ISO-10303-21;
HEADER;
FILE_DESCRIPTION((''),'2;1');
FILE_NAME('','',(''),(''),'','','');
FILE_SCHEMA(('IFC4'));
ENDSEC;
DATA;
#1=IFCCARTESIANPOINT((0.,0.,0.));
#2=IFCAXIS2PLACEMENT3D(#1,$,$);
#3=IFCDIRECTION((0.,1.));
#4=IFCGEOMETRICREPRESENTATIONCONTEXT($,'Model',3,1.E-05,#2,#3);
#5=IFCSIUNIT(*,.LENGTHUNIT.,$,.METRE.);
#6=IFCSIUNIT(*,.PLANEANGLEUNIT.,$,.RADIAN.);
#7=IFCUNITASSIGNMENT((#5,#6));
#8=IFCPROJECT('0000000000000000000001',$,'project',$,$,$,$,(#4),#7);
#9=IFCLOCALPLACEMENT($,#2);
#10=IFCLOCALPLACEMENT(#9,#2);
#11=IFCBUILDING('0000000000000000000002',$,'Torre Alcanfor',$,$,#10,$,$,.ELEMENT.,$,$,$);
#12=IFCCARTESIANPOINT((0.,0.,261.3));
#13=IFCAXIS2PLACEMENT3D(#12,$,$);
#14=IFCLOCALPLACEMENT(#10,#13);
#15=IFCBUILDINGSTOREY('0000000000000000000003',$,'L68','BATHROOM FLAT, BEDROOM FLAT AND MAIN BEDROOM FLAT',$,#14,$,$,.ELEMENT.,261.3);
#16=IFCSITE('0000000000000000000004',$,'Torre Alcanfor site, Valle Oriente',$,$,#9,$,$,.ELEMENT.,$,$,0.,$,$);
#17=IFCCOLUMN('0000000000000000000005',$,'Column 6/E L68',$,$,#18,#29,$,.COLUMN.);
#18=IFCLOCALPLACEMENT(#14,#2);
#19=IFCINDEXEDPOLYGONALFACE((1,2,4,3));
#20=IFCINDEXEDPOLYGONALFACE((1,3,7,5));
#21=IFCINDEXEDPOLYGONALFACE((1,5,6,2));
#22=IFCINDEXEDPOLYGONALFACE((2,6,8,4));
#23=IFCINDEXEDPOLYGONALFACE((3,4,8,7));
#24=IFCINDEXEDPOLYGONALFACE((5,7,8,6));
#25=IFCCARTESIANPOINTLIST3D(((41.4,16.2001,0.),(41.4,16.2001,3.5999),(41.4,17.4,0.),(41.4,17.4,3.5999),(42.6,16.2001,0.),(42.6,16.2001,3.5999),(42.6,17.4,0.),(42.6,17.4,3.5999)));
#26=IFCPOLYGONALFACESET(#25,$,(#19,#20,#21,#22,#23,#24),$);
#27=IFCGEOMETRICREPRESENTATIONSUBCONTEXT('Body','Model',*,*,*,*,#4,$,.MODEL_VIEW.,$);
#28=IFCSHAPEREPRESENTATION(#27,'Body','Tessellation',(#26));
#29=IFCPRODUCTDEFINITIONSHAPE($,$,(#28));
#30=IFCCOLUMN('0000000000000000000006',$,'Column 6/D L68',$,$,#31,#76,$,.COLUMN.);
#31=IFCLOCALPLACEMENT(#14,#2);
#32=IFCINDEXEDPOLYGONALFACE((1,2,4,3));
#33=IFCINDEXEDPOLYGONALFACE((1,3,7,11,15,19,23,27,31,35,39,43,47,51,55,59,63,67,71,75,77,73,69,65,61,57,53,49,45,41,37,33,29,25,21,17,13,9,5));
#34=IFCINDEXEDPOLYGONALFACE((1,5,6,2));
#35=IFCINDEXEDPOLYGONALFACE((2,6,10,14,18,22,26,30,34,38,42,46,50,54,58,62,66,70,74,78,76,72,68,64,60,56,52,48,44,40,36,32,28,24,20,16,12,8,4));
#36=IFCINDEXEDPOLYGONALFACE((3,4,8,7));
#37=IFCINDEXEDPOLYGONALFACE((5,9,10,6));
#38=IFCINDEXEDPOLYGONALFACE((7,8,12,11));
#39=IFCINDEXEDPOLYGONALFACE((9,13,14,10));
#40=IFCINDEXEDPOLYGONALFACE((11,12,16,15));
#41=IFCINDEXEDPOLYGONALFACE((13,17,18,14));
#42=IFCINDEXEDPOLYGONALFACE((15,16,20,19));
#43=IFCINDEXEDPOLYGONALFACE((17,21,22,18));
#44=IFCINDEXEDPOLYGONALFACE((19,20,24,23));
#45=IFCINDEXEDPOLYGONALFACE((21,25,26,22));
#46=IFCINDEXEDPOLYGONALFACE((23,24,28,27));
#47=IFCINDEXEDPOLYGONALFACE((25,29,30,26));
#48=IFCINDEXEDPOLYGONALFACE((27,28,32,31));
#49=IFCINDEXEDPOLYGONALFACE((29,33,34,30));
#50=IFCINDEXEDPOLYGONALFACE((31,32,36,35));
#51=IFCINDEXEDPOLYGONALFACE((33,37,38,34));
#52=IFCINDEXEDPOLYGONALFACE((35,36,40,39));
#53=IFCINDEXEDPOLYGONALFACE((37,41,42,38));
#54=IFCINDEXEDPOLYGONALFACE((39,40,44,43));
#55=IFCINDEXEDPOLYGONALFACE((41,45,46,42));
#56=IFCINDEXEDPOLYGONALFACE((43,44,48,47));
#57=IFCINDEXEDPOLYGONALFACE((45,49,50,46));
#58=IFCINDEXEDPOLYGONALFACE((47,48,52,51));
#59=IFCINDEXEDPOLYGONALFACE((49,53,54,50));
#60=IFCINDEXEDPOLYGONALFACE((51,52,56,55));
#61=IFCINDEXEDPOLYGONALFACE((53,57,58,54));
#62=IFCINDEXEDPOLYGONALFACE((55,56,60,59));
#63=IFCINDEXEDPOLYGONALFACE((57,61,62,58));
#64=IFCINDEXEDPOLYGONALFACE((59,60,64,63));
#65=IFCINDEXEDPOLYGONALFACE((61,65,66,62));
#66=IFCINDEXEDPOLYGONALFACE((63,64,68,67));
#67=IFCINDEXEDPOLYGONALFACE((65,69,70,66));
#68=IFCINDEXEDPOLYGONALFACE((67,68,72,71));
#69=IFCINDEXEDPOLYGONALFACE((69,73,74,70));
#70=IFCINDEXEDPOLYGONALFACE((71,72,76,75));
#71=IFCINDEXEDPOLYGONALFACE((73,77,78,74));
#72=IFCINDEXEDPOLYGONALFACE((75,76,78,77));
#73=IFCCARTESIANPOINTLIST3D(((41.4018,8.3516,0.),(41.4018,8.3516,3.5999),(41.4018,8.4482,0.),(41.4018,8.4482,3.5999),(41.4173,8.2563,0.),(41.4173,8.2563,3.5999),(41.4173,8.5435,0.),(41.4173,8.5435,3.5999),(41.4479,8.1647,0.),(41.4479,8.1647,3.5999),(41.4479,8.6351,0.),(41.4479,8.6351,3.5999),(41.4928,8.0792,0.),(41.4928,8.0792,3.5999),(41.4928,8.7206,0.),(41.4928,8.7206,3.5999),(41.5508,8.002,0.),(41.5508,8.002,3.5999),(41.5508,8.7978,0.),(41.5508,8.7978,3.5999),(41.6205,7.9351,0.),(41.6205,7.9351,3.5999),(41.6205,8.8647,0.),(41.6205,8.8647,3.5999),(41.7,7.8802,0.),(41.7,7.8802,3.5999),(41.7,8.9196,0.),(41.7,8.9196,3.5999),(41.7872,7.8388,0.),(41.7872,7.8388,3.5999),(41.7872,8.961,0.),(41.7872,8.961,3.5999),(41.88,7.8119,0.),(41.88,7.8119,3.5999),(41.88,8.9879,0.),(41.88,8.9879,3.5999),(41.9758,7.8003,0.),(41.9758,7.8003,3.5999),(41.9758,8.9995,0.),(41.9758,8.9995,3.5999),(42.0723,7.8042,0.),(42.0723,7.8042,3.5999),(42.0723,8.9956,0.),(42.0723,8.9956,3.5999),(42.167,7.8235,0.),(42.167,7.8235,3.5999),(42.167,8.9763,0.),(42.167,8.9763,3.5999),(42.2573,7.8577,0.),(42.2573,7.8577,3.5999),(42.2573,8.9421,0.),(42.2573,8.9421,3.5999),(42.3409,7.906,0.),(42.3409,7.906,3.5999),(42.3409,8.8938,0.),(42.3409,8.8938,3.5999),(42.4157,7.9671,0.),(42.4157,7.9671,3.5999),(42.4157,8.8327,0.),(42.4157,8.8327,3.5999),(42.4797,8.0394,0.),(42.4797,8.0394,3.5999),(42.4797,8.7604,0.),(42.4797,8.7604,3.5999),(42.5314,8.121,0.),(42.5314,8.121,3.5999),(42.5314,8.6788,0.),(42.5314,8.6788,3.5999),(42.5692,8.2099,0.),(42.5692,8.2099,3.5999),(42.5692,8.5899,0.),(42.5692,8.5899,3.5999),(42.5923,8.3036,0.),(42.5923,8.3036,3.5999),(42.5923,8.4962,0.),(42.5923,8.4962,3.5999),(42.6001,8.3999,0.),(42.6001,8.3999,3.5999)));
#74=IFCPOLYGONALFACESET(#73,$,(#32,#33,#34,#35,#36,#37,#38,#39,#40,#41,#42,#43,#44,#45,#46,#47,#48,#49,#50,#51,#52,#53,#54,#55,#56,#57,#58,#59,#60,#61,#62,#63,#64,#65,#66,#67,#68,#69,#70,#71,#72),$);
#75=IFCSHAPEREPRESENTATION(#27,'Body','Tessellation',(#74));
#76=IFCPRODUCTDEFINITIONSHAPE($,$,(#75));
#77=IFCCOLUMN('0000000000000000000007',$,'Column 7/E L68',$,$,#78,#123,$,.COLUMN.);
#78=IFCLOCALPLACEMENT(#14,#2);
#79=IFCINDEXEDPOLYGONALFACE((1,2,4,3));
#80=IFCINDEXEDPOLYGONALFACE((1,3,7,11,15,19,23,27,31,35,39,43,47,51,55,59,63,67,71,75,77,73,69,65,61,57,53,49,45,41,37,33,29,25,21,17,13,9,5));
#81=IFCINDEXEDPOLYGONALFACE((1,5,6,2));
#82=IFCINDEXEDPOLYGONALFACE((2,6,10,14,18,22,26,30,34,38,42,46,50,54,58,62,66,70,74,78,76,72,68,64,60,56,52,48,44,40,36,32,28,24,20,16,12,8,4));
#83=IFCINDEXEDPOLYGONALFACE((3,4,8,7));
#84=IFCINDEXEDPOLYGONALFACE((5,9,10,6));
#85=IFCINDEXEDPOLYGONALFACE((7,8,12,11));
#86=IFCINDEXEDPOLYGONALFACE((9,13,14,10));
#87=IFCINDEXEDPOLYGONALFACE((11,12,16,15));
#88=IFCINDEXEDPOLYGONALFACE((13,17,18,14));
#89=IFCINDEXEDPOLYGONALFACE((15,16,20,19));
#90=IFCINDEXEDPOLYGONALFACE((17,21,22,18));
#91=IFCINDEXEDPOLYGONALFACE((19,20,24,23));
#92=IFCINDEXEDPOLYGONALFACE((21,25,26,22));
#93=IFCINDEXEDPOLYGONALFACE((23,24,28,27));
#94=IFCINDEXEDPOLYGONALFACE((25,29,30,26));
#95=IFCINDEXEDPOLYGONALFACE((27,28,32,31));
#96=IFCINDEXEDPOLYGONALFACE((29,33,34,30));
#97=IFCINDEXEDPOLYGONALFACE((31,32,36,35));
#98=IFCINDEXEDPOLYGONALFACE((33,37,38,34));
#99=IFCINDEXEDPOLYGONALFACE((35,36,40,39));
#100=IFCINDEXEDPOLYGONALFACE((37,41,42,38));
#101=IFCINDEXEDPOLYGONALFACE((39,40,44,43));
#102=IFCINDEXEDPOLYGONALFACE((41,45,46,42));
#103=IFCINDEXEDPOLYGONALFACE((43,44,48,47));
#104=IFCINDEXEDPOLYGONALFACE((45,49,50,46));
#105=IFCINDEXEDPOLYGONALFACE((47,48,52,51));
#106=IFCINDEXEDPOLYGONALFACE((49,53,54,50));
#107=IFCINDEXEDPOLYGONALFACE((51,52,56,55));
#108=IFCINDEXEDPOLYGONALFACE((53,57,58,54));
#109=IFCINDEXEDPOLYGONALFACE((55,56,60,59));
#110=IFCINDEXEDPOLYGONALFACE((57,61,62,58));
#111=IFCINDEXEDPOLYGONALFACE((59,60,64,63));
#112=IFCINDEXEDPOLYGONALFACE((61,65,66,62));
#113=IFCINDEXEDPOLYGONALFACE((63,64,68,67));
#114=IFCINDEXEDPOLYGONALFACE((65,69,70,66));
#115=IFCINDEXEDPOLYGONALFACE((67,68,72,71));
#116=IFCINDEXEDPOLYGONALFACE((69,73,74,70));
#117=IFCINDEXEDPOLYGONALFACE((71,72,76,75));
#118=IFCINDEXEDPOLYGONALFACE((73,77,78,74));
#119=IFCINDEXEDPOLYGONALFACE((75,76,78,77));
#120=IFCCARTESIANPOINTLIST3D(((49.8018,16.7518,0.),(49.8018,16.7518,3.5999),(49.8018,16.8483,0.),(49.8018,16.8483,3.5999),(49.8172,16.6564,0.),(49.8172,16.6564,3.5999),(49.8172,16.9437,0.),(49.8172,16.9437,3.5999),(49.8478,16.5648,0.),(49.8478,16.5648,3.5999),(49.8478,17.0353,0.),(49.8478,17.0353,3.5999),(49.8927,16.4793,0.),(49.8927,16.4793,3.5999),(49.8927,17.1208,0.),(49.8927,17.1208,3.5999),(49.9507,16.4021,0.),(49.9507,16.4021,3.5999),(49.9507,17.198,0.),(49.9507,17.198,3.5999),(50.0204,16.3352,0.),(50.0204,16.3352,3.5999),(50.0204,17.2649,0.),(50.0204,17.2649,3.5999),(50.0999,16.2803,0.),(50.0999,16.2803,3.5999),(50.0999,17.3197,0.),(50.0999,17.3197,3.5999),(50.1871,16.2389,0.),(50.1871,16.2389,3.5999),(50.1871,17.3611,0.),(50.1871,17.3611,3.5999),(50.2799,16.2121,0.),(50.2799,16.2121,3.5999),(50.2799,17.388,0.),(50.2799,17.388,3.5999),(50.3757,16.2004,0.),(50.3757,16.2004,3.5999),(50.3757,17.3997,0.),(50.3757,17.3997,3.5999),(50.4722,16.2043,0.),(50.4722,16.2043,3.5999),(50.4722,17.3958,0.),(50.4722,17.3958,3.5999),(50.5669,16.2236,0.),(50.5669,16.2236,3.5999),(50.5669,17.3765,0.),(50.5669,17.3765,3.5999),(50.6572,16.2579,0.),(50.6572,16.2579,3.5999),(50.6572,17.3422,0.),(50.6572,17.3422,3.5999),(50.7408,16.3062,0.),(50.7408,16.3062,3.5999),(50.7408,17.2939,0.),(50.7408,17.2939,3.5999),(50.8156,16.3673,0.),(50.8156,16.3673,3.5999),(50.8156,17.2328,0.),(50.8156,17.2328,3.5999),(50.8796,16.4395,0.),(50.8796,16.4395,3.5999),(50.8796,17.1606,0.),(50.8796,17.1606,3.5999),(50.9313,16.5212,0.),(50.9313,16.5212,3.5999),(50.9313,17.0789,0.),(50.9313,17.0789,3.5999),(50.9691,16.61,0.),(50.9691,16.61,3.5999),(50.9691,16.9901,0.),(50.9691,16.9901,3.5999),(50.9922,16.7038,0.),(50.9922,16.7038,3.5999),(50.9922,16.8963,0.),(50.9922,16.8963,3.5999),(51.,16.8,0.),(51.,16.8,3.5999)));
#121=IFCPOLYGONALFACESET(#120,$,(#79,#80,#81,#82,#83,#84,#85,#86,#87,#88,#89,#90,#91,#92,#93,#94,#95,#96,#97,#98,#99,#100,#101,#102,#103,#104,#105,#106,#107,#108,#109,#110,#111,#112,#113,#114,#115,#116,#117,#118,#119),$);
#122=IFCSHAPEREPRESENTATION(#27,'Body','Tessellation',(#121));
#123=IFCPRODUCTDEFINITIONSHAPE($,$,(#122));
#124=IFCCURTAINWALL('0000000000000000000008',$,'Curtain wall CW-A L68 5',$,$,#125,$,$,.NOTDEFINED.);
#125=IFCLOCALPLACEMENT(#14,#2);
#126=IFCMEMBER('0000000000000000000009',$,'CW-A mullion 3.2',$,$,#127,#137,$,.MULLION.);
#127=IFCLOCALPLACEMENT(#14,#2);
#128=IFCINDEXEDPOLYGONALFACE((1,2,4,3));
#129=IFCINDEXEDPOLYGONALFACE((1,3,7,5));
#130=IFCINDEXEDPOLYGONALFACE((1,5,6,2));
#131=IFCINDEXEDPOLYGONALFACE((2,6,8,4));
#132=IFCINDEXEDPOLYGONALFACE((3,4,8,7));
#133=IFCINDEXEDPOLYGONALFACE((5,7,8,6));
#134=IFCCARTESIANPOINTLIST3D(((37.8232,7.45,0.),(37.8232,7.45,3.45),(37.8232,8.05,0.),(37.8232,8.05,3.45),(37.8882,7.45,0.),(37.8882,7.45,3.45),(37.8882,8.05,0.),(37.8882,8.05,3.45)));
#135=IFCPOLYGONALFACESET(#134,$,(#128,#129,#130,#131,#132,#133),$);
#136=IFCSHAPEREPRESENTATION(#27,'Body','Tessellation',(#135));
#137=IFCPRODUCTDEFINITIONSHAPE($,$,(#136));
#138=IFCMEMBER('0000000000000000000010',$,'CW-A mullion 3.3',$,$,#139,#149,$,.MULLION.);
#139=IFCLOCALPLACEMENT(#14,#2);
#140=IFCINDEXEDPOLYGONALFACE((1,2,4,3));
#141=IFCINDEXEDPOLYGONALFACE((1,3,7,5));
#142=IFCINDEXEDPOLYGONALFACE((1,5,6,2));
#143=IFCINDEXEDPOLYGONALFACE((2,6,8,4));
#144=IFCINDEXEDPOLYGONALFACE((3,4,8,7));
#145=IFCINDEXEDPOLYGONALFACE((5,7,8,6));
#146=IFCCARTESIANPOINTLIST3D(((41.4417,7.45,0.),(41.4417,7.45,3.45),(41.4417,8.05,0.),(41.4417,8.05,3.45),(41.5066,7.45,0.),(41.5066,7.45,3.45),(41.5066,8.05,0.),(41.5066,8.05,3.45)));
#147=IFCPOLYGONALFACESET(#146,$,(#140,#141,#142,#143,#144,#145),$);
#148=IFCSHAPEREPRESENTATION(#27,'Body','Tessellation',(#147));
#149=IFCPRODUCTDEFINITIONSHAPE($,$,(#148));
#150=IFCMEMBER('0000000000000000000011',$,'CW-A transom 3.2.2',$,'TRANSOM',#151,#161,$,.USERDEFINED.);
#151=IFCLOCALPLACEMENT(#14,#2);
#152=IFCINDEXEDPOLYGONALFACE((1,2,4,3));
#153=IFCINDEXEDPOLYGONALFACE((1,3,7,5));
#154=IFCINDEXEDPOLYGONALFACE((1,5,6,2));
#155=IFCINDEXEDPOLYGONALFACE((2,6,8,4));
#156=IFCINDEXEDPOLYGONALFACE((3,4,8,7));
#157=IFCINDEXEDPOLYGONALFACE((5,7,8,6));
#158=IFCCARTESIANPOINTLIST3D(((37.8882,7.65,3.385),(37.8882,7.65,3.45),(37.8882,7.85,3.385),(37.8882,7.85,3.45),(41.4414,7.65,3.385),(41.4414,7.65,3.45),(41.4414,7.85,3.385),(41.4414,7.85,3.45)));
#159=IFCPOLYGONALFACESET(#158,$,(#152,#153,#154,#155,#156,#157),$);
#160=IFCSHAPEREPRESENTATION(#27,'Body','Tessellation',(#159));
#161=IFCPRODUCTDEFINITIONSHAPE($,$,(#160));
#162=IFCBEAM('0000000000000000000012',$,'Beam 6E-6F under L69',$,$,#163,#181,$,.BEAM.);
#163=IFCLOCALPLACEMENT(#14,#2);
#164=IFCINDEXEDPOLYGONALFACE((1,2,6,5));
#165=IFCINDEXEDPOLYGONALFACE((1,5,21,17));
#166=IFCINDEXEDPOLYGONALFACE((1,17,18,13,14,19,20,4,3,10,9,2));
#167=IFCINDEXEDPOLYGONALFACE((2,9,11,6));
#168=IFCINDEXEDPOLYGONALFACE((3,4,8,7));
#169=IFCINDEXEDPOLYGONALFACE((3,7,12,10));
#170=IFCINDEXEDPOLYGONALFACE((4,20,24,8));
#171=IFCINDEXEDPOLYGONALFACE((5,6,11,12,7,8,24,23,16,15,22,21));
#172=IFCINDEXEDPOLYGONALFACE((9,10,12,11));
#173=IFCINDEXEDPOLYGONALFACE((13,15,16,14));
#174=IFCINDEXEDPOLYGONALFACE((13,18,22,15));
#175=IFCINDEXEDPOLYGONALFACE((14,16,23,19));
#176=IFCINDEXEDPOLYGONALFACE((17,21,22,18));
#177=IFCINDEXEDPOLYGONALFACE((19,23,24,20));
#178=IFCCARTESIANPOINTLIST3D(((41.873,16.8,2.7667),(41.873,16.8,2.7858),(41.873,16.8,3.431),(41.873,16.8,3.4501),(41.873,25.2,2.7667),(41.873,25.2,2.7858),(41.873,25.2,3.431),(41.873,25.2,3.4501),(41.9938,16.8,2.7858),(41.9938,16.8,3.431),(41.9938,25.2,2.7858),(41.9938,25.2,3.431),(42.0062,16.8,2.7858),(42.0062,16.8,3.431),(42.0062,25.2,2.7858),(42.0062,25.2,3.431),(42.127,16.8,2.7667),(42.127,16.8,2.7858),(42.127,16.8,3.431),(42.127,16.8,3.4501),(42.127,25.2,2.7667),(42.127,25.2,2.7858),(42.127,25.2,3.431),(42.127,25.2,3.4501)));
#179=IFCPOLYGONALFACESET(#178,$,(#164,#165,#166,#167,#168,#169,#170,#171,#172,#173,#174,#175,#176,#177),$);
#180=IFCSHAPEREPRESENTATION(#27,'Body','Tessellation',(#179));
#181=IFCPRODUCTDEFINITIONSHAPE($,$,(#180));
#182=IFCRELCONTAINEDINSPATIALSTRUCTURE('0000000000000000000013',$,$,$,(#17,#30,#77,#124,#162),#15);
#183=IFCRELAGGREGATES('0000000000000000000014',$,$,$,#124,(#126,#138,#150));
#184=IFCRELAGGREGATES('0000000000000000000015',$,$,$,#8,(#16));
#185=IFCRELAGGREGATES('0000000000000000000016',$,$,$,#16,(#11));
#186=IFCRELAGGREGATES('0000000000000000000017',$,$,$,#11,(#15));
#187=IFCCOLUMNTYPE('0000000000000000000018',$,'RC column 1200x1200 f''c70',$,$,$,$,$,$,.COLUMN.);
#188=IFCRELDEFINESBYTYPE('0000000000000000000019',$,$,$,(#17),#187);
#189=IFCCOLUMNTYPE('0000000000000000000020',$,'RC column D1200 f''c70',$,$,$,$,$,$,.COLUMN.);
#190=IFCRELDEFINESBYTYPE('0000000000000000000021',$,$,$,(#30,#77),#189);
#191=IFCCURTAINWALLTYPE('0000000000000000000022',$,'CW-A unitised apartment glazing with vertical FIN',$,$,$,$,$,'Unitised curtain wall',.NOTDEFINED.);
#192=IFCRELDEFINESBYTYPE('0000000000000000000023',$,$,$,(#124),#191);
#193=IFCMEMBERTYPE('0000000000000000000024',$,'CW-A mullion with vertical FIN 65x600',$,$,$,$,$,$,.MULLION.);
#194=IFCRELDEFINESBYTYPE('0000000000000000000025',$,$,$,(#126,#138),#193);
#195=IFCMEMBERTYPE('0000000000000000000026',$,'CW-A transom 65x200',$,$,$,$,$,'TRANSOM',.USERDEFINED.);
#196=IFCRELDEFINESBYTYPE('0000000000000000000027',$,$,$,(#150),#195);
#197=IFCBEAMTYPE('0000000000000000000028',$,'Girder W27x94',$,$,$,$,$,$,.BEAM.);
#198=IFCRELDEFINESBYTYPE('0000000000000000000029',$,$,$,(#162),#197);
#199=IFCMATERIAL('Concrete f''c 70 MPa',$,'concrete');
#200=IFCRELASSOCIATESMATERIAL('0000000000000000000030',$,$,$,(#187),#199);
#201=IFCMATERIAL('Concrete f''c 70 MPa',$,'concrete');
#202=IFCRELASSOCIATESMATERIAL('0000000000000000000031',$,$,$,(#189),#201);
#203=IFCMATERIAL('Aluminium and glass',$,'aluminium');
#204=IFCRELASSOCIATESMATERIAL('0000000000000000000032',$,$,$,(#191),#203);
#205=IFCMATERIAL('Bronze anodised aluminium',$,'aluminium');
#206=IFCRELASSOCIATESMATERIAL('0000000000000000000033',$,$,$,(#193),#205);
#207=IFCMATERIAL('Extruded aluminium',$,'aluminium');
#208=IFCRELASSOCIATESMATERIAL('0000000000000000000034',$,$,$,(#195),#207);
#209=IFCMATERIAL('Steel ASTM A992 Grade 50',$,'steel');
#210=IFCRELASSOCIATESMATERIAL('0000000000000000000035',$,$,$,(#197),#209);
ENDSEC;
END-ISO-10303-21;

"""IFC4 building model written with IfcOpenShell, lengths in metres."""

from ifc_helpers import new_model, si_unit, direction, frame, origin, origin_2d, place, context, subcontext, project, spatial, rectangle, circle, i_section, extrude, material, material_profile, profile_set, type_object, element, aggregate, save


model = new_model("IFC4")

# Units and contexts
model_context = context("Model", 3, precision=1e-05, world=origin(), true_north=direction((0.0, 1.0)))
body_context = subcontext(model_context, "Body", "Model", "MODEL_VIEW")
ifc_project = project(units=[si_unit("LENGTHUNIT", "METRE"), si_unit("PLANEANGLEUNIT", "RADIAN")], contexts=[model_context])

# Site, building, storey
site_placement = place(None, origin())
site = spatial("IfcSite", under=ifc_project, at=site_placement, Name="Torre Alcanfor site, Valle Oriente", CompositionType="ELEMENT", RefElevation=0.0)
building_placement = place(site_placement, origin())
building = spatial("IfcBuilding", under=site, at=building_placement, Name="Torre Alcanfor", CompositionType="ELEMENT")
storey_placement = place(building_placement, frame((0.0, 0.0, 261.3)))
storey = spatial("IfcBuildingStorey", under=building, at=storey_placement, Name="L68", Description="BATHROOM FLAT, BEDROOM FLAT AND MAIN BEDROOM FLAT", CompositionType="ELEMENT", Elevation=261.3)

# Columns
ifc_material_1 = material(Name="Concrete f'c 70 MPa", Category="concrete")
ifc_material_profile_1 = material_profile(ifc_material_1, rectangle(XDim=1.2, YDim=1.2, at=origin_2d()), Name="1200x1200")
ifc_profile_set_1 = profile_set([ifc_material_profile_1], Name="Concrete f'c 70 MPa")
column_type_1 = type_object("IfcColumnType", Name="RC column 1200x1200 f'c70", PredefinedType="COLUMN", material=ifc_profile_set_1)
column_placement = place(storey_placement, frame((42.0, 16.8, 0.0), z_axis=(0.0, 0.0, 1.0), x_axis=(1.0, 0.0, 0.0)))
element("IfcColumn", 1, at=column_placement, inside=storey, type_object=column_type_1, Name="Column 6/E L68", PredefinedType="COLUMN", context=body_context, shape_type="SweptSolid", body=[
    extrude(rectangle(XDim=1.2, YDim=1.2, at=origin_2d()), origin(), (0.0, 0.0, 1.0), 3.5999),
])
ifc_material_2 = material(Name="Concrete f'c 70 MPa", Category="concrete")
ifc_material_profile_2 = material_profile(ifc_material_2, circle(Radius=0.6001, at=origin_2d()), Name="D1200")
ifc_profile_set_2 = profile_set([ifc_material_profile_2], Name="Concrete f'c 70 MPa")
column_type_2 = type_object("IfcColumnType", Name="RC column D1200 f'c70", PredefinedType="COLUMN", material=ifc_profile_set_2)
for number, where, z_axis, x_axis, name in (
    (2, (42.0, 8.3999, 0.0), (0.0, 0.0, 1.0), (1.0, 0.0, 0.0), "Column 6/D L68"),
    (3, (50.3999, 16.8, 0.0), (0.0, 0.0, 1.0), (1.0, 0.0, 0.0), "Column 7/E L68"),
):
    element("IfcColumn", number, at=place(storey_placement, frame(where, z_axis=z_axis, x_axis=x_axis)), inside=storey, type_object=column_type_2, Name=name, PredefinedType="COLUMN", context=body_context, shape_type="SweptSolid", body=[
        extrude(circle(Radius=0.6001, at=origin_2d()), origin(), (0.0, 0.0, 1.0), 3.5999),
    ])

# Curtain wall, members
ifc_material_3 = material(Name="Aluminium and glass", Category="aluminium")
curtain_wall_type = type_object("IfcCurtainWallType", Name="CW-A unitised apartment glazing with vertical FIN", ElementType="Unitised curtain wall", PredefinedType="NOTDEFINED", material=ifc_material_3)
curtain_wall_placement = place(storey_placement, origin())
curtain_wall = element("IfcCurtainWall", 4, at=curtain_wall_placement, inside=storey, type_object=curtain_wall_type, Name="Curtain wall CW-A L68 5", PredefinedType="NOTDEFINED")
ifc_material_4 = material(Name="Bronze anodised aluminium", Category="aluminium")
ifc_material_profile_3 = material_profile(ifc_material_4, rectangle(XDim=0.6001, YDim=0.0649, at=origin_2d()), Name="CW-A mullion 65x600")
ifc_profile_set_3 = profile_set([ifc_material_profile_3], Name="Bronze anodised aluminium")
member_type_1 = type_object("IfcMemberType", Name="CW-A mullion with vertical FIN 65x600", PredefinedType="MULLION", material=ifc_profile_set_3)
member_1_placement = place(storey_placement, frame((37.8557, 7.75, 0.0), z_axis=(0.0, 0.0, 1.0), x_axis=(0.0, 1.0, 0.0)))
member_1 = element("IfcMember", 5, at=member_1_placement, type_object=member_type_1, Name="CW-A mullion 3.2", PredefinedType="MULLION", context=body_context, shape_type="SweptSolid", body=[
    extrude(rectangle(XDim=0.6001, YDim=0.0649, at=origin_2d()), origin(), (0.0, 0.0, 1.0), 3.45),
])
member_2_placement = place(storey_placement, frame((41.4741, 7.75, 0.0), z_axis=(0.0, 0.0, 1.0), x_axis=(0.0, 1.0, 0.0)))
member_2 = element("IfcMember", 6, at=member_2_placement, type_object=member_type_1, Name="CW-A mullion 3.3", PredefinedType="MULLION", context=body_context, shape_type="SweptSolid", body=[
    extrude(rectangle(XDim=0.6001, YDim=0.0649, at=origin_2d()), origin(), (0.0, 0.0, 1.0), 3.45),
])
ifc_material_5 = material(Name="Extruded aluminium", Category="aluminium")
ifc_material_profile_4 = material_profile(ifc_material_5, rectangle(XDim=0.2, YDim=0.0649, at=origin_2d()), Name="CW-A transom 200x65")
ifc_profile_set_4 = profile_set([ifc_material_profile_4], Name="Extruded aluminium")
member_type_2 = type_object("IfcMemberType", Name="CW-A transom 65x200", ElementType="TRANSOM", PredefinedType="USERDEFINED", material=ifc_profile_set_4)
member_3_placement = place(storey_placement, frame((37.8882, 7.75, 3.4175), z_axis=(1.0, 0.0, 0.0), x_axis=(0.0, 1.0, 0.0)))
member_3 = element("IfcMember", 7, at=member_3_placement, type_object=member_type_2, Name="CW-A transom 3.2.2", ObjectType="TRANSOM", PredefinedType="USERDEFINED", context=body_context, shape_type="SweptSolid", body=[
    extrude(rectangle(XDim=0.2, YDim=0.0649, at=origin_2d()), origin(), (0.0, 0.0, 1.0), 3.5532),
])

# Beam
ifc_material_6 = material(Name="Steel ASTM A992 Grade 50", Category="steel")
ifc_material_profile_5 = material_profile(ifc_material_6, i_section(OverallWidth=0.2539, OverallDepth=0.6833, WebThickness=0.0125, FlangeThickness=0.019, at=origin_2d()), Name="W27x94")
ifc_profile_set_5 = profile_set([ifc_material_profile_5], Name="Steel ASTM A992 Grade 50")
beam_type_1 = type_object("IfcBeamType", Name="Girder W27x94", PredefinedType="BEAM", material=ifc_profile_set_5)
beam_1_placement = place(storey_placement, frame((42.0, 16.8, 3.1084), z_axis=(0.0, 1.0, 0.0), x_axis=(-1.0, 0.0, 0.0)))
element("IfcBeam", 8, at=beam_1_placement, inside=storey, type_object=beam_type_1, Name="Beam 6E-6F under L69", PredefinedType="BEAM", context=body_context, shape_type="SweptSolid", body=[
    extrude(i_section(OverallWidth=0.2539, OverallDepth=0.6833, WebThickness=0.0125, FlangeThickness=0.019, at=origin_2d()), origin(), (0.0, 0.0, 1.0), 8.3999),
])

aggregate(curtain_wall, [member_1, member_2, member_3])

save(model, "model.ifc")
